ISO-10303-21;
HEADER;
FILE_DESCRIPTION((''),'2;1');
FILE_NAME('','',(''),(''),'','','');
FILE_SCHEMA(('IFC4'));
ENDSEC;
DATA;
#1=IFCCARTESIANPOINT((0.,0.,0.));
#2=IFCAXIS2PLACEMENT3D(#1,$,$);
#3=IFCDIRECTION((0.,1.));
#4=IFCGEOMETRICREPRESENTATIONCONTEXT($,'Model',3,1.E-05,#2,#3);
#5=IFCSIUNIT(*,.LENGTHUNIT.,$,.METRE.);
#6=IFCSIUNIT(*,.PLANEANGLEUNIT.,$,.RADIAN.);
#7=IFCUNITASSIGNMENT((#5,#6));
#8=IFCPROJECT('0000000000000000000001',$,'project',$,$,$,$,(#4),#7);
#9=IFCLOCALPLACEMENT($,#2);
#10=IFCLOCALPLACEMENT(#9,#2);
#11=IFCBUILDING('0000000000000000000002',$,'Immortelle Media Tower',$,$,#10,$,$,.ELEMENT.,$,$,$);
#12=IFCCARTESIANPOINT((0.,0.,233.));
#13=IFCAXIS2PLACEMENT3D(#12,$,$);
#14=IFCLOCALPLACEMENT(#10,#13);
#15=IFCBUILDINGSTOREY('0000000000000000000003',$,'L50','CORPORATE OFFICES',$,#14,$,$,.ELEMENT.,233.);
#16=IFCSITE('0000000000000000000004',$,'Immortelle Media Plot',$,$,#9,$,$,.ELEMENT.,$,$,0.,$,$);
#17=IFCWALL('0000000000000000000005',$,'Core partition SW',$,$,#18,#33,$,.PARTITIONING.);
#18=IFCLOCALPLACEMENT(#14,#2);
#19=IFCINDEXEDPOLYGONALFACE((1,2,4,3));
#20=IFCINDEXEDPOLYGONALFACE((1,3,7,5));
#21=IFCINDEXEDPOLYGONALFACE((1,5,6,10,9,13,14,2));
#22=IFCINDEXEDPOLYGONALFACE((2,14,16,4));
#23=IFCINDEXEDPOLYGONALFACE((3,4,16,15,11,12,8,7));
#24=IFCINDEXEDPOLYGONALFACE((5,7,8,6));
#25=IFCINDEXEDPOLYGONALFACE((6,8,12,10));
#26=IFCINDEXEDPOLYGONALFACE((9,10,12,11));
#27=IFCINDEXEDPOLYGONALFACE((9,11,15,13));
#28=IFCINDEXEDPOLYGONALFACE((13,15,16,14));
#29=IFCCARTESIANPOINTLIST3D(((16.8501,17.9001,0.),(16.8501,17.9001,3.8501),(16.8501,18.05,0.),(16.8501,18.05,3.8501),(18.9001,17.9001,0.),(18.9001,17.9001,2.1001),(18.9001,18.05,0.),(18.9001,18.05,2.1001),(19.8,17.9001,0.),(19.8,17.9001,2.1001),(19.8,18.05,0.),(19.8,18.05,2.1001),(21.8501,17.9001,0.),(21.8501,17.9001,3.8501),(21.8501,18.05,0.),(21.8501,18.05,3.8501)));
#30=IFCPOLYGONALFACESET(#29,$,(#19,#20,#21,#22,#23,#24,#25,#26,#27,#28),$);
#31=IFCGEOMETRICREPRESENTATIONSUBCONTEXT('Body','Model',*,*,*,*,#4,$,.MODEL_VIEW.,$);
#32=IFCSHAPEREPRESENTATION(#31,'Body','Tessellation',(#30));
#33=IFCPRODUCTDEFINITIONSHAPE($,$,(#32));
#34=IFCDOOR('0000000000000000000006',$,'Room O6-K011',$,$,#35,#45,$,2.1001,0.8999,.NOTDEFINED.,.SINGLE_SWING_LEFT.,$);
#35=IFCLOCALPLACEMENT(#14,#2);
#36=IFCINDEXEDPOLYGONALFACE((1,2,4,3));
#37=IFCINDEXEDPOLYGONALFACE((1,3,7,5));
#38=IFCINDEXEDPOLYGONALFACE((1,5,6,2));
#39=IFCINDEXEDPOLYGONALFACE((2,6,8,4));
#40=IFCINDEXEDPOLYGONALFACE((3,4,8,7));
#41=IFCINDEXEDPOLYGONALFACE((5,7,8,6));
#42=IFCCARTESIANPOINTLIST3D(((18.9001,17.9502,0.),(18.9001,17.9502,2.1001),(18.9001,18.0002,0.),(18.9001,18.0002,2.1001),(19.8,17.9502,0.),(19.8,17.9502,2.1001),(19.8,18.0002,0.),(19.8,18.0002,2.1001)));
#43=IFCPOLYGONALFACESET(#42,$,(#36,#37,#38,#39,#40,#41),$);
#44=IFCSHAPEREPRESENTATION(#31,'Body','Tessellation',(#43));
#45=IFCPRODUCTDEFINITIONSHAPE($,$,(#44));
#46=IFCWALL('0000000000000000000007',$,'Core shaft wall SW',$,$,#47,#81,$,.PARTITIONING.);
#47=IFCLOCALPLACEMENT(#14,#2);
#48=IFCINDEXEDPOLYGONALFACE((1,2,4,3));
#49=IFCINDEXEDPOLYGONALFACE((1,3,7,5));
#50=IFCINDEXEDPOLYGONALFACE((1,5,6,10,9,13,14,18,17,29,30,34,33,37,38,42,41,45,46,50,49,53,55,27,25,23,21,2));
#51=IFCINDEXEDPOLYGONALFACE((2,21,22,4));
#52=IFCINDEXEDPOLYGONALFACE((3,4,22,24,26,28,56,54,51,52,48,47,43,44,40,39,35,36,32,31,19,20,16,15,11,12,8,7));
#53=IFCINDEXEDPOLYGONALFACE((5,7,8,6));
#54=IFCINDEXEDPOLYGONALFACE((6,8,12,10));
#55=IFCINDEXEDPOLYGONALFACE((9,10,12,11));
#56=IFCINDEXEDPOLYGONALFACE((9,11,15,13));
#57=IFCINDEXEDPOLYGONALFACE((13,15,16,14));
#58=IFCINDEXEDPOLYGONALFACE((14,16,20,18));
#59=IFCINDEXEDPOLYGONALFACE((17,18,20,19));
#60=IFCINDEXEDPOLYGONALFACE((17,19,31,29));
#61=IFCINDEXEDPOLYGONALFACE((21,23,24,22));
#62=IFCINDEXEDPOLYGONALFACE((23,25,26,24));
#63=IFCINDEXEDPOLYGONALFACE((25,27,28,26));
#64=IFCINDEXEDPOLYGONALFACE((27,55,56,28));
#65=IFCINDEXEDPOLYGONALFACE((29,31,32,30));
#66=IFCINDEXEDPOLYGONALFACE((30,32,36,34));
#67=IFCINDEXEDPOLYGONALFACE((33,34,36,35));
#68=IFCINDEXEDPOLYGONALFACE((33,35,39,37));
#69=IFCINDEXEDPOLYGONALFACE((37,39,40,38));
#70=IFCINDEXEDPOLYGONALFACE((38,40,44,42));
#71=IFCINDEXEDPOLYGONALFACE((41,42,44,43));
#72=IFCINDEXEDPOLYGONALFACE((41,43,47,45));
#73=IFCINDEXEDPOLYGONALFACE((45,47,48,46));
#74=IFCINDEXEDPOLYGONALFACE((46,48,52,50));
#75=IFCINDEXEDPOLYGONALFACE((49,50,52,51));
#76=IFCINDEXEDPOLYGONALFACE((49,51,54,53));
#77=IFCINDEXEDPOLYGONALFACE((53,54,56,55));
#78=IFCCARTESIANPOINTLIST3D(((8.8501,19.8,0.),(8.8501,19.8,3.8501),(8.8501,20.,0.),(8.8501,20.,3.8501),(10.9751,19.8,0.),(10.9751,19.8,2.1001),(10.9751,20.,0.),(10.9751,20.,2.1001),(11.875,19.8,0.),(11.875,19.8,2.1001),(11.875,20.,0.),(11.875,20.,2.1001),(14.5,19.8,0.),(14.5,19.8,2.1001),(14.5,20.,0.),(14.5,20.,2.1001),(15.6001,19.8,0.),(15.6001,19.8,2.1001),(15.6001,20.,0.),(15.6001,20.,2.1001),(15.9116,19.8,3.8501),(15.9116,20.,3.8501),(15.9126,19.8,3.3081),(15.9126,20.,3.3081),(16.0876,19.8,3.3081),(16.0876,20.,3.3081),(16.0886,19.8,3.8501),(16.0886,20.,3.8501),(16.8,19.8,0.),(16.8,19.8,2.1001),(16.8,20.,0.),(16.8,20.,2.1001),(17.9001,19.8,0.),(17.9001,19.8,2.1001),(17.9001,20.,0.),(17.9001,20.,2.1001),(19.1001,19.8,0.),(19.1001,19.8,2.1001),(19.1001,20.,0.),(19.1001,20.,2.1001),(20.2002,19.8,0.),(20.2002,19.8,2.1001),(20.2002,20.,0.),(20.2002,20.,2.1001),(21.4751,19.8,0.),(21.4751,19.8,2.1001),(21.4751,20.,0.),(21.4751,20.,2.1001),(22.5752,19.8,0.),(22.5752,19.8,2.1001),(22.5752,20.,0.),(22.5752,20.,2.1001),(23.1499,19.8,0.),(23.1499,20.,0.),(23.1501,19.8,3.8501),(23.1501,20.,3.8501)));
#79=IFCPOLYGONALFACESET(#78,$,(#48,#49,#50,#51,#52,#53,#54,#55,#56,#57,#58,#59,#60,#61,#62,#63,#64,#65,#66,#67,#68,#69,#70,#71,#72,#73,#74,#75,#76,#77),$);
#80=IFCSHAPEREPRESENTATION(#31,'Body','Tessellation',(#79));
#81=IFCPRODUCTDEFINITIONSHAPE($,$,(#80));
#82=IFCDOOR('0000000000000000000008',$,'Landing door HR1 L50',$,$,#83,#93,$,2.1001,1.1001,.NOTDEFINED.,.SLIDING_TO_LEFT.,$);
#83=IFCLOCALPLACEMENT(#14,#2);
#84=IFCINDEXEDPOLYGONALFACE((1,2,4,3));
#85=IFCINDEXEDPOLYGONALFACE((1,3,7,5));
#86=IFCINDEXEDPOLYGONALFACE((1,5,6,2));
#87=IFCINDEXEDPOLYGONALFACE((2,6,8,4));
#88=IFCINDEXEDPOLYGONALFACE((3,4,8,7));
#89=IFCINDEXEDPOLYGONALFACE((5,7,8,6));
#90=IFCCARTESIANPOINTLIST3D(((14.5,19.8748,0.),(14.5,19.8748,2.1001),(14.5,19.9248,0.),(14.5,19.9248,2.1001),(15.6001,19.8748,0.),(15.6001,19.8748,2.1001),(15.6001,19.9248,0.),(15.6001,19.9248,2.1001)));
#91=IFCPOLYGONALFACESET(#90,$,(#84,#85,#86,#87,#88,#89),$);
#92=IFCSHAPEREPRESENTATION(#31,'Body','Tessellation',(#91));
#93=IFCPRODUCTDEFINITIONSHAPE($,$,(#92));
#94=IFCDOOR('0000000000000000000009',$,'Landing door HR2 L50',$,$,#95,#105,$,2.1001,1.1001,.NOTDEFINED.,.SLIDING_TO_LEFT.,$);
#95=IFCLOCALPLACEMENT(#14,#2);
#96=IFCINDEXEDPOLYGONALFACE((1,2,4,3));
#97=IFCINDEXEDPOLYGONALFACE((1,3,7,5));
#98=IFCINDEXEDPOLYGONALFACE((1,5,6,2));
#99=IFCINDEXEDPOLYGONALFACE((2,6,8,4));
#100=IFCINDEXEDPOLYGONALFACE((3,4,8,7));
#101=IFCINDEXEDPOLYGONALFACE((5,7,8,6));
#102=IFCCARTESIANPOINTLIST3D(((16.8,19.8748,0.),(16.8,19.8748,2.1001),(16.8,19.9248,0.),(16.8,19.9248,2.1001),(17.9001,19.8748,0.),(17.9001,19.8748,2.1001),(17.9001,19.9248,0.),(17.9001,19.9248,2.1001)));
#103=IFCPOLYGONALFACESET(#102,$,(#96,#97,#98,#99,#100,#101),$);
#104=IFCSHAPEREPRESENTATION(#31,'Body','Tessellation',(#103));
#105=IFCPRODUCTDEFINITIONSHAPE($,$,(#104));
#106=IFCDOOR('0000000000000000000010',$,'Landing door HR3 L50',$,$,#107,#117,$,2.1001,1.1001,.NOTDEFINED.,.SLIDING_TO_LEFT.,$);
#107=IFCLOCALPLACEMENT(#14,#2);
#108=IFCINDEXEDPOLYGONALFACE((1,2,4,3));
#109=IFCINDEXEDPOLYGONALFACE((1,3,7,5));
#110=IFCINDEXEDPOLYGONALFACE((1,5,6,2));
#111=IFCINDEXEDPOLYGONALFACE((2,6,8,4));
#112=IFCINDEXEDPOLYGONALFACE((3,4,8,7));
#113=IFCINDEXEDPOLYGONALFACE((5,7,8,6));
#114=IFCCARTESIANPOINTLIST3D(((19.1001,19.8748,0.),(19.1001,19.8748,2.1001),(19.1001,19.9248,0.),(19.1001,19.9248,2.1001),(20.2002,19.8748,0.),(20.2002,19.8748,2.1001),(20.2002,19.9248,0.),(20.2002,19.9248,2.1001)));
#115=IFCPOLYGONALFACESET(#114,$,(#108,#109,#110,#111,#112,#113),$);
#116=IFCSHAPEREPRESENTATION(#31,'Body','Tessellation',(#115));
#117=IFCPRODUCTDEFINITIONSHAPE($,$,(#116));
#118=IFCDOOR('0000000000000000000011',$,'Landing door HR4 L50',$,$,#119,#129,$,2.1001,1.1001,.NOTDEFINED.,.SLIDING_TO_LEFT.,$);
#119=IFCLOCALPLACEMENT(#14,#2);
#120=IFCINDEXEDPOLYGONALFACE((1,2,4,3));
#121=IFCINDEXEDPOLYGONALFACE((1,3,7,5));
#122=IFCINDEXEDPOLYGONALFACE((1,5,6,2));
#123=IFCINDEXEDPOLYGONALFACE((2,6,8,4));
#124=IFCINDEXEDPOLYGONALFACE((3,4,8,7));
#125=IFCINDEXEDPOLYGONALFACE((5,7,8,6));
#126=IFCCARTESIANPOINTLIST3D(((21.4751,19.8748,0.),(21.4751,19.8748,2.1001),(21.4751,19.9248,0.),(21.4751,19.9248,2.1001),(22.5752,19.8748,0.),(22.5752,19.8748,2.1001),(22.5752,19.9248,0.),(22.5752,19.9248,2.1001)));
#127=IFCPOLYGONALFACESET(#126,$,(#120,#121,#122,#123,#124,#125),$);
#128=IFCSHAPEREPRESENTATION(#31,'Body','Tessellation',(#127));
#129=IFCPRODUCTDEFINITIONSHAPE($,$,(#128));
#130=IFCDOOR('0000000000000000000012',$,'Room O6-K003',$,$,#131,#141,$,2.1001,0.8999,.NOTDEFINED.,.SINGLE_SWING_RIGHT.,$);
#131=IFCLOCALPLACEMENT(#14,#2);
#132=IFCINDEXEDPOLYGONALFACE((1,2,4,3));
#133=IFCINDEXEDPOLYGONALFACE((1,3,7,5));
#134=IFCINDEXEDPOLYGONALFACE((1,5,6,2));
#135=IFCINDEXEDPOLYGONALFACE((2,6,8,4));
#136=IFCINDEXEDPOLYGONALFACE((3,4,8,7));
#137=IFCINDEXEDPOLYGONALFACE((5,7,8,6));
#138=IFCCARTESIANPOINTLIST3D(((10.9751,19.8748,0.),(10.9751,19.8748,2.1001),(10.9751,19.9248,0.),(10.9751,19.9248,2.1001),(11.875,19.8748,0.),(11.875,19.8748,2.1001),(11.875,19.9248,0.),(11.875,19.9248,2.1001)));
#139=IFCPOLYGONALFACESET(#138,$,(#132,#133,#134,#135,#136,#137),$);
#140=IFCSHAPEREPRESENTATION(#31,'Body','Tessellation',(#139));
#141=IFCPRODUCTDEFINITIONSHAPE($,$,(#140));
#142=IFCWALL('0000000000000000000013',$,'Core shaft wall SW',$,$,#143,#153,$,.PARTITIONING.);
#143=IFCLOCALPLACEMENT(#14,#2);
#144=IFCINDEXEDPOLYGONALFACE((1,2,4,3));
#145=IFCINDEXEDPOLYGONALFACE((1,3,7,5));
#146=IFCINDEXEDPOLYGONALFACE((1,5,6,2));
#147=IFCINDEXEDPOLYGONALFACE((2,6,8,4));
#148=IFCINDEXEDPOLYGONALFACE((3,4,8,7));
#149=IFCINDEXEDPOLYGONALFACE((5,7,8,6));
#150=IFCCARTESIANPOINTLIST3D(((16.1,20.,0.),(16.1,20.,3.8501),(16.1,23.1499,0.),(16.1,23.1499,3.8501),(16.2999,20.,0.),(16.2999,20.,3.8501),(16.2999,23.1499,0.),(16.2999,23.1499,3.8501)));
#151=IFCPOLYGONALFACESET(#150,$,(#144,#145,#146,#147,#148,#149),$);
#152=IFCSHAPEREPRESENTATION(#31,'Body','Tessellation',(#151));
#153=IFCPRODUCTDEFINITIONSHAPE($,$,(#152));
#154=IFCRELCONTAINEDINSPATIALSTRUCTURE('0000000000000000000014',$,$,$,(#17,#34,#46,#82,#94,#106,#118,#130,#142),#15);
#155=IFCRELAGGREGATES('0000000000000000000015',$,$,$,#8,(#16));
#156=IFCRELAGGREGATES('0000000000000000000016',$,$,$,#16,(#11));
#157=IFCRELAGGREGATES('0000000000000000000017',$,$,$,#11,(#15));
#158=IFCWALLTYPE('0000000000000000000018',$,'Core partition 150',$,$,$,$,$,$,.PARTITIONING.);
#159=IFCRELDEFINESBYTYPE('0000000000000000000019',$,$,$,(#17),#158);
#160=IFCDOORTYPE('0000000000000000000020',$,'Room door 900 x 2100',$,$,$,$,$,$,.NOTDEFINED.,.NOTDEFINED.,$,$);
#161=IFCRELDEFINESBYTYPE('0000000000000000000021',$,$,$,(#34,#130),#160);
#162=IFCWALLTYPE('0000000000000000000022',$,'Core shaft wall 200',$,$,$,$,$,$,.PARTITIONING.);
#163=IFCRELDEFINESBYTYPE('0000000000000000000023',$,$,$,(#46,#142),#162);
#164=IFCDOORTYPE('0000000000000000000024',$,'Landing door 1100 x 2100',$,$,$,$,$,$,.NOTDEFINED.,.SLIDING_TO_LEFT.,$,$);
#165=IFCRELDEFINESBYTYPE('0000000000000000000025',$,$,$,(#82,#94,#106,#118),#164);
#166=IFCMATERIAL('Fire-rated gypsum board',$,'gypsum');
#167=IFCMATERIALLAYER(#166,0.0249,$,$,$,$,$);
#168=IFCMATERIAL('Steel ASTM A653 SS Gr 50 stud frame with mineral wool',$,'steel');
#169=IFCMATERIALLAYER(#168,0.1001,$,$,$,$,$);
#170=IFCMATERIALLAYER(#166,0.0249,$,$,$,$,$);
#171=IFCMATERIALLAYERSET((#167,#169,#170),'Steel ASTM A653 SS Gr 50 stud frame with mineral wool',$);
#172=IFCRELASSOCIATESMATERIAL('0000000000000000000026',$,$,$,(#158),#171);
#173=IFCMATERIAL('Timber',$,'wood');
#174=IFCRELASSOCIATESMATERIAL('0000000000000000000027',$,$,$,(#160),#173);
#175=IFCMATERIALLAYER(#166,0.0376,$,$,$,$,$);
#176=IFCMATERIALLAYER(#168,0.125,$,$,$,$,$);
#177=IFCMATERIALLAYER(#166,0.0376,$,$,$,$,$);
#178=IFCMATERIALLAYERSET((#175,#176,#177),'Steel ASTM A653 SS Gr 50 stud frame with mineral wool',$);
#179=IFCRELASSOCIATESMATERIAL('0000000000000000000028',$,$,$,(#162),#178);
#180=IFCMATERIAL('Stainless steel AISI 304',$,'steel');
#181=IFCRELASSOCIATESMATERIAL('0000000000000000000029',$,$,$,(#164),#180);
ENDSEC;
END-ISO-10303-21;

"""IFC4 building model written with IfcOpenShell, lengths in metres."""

from ifc_helpers import new_model, si_unit, direction, frame, frame_2d, origin, place, context, subcontext, project, spatial, polyline, rectangle, outline, extrude, material, layer, layer_set, type_object, element, fill, save


model = new_model("IFC4")

# Units and contexts
model_context = context("Model", 3, precision=1e-05, world=origin(), true_north=direction((0.0, 1.0)))
body_context = subcontext(model_context, "Body", "Model", "MODEL_VIEW")
ifc_project = project(units=[si_unit("LENGTHUNIT", "METRE"), si_unit("PLANEANGLEUNIT", "RADIAN")], contexts=[model_context])

# Site, building, storey
site_placement = place(None, origin())
site = spatial("IfcSite", under=ifc_project, at=site_placement, Name="Immortelle Media Plot", CompositionType="ELEMENT", RefElevation=0.0)
building_placement = place(site_placement, origin())
building = spatial("IfcBuilding", under=site, at=building_placement, Name="Immortelle Media Tower", CompositionType="ELEMENT")
storey_placement = place(building_placement, frame((0.0, 0.0, 233.0)))
storey = spatial("IfcBuildingStorey", under=building, at=storey_placement, Name="L50", Description="CORPORATE OFFICES", CompositionType="ELEMENT", Elevation=233.0)

# Shared definitions
ifc_material_1 = material(Name="Timber", Category="wood")

# Shared definitions
ifc_material_2 = material(Name="Fire-rated gypsum board", Category="gypsum")
ifc_layer_1 = layer(ifc_material_2, 0.0249)
ifc_material_3 = material(Name="Steel ASTM A653 SS Gr 50 stud frame with mineral wool", Category="steel")
ifc_layer_2 = layer(ifc_material_3, 0.1001)
ifc_layer_3 = layer(ifc_material_2, 0.0249)
ifc_layer_set_1 = layer_set([ifc_layer_1, ifc_layer_2, ifc_layer_3], Name="Steel ASTM A653 SS Gr 50 stud frame with mineral wool")
wall_type_1 = type_object("IfcWallType", Name="Core partition 150", PredefinedType="PARTITIONING", material=ifc_layer_set_1)

# Shared definitions
door_type_1 = type_object("IfcDoorType", Name="Room door 900 x 2100", OperationType="NOTDEFINED", PredefinedType="NOTDEFINED", material=ifc_material_1)

# Wall, opening, door
wall_1_placement = place(storey_placement, frame((16.8501, 17.9751, 0.0), z_axis=(0.0, 0.0, 1.0), x_axis=(1.0, 0.0, 0.0)))
wall_1 = element("IfcWall", 1, at=wall_1_placement, inside=storey, type_object=wall_type_1, Name="Core partition SW", PredefinedType="PARTITIONING", context=body_context, shape_type="SweptSolid", body=[
    extrude(rectangle(XDim=5.0, YDim=0.1499, at=frame_2d((2.5, 0.0))), origin(), (0.0, 0.0, 1.0), 3.8501),
])
opening_1_placement = place(wall_1_placement, frame((2.95, 0.0, 0.0), z_axis=(0.0, 0.0, 1.0), x_axis=(-1.0, 0.0, 0.0)))
opening_1 = element("IfcOpeningElement", 2, at=opening_1_placement, cuts=wall_1, PredefinedType="OPENING", context=body_context, shape_type="SweptSolid", body=[
    extrude(rectangle(XDim=0.8999, YDim=2.1001, at=frame_2d((0.45, 1.05))), frame((0.0, 0.085, 0.0), z_axis=(0.0, -1.0, 0.0), x_axis=(1.0, 0.0, 0.0)), (0.0, 0.0, 1.0), 0.1699),
])
door_1_placement = place(opening_1_placement, origin())
door_1 = element("IfcDoor", 3, at=door_1_placement, inside=storey, type_object=door_type_1, Name="Room O6-K011", OperationType="SINGLE_SWING_LEFT", OverallHeight=2.1001, OverallWidth=0.8999, PredefinedType="NOTDEFINED", context=body_context, shape_type="SweptSolid", body=[
    extrude(rectangle(XDim=0.8999, YDim=2.1001, at=frame_2d((0.45, 1.05))), frame((0.0, 0.0249, 0.0), z_axis=(0.0, -1.0, 0.0), x_axis=(1.0, 0.0, 0.0)), (0.0, 0.0, 1.0), 0.05),
])
fill(opening_1, door_1)

# Wall, openings, doors
ifc_layer_4 = layer(ifc_material_2, 0.0376)
ifc_layer_5 = layer(ifc_material_3, 0.125)
ifc_layer_6 = layer(ifc_material_2, 0.0376)
ifc_layer_set_2 = layer_set([ifc_layer_4, ifc_layer_5, ifc_layer_6], Name="Steel ASTM A653 SS Gr 50 stud frame with mineral wool")
wall_type_2 = type_object("IfcWallType", Name="Core shaft wall 200", PredefinedType="PARTITIONING", material=ifc_layer_set_2)
wall_2_placement = place(storey_placement, frame((8.8501, 19.8999, 0.0), z_axis=(0.0, 0.0, 1.0), x_axis=(1.0, 0.0, 0.0)))
wall_2 = element("IfcWall", 4, at=wall_2_placement, inside=storey, type_object=wall_type_2, Name="Core shaft wall SW", PredefinedType="PARTITIONING", context=body_context, shape_type="SweptSolid", body=[
    extrude(outline(polyline([(0.0, 0.0), (14.2998, 0.0), (14.3, 3.8501), (7.2385, 3.8501), (7.2375, 3.3081), (7.0625, 3.3081), (7.0615, 3.8501), (0.0, 3.8501), (0.0, 0.0)])), frame((0.0, 0.1001, 0.0), z_axis=(0.0, -1.0, 0.0), x_axis=(1.0, 0.0, 0.0)), (0.0, 0.0, 1.0), 0.2),
])
opening_2_placement = place(wall_2_placement, frame((2.125, 0.0, 0.0)))
opening_2 = element("IfcOpeningElement", 5, at=opening_2_placement, cuts=wall_2, PredefinedType="OPENING", context=body_context, shape_type="SweptSolid", body=[
    extrude(rectangle(XDim=0.8999, YDim=2.1001, at=frame_2d((0.45, 1.05))), frame((0.0, 0.1099, 0.0), z_axis=(0.0, -1.0, 0.0), x_axis=(1.0, 0.0, 0.0)), (0.0, 0.0, 1.0), 0.22),
])
opening_3_placement = place(wall_2_placement, frame((5.6499, 0.0, 0.0)))
opening_3 = element("IfcOpeningElement", 6, at=opening_3_placement, cuts=wall_2, PredefinedType="OPENING", context=body_context, shape_type="SweptSolid", body=[
    extrude(rectangle(XDim=1.1001, YDim=2.1001, at=frame_2d((0.55, 1.05))), frame((0.0, 0.1099, 0.0), z_axis=(0.0, -1.0, 0.0), x_axis=(1.0, 0.0, 0.0)), (0.0, 0.0, 1.0), 0.22),
])
opening_4_placement = place(wall_2_placement, frame((7.95, 0.0, 0.0)))
opening_4 = element("IfcOpeningElement", 7, at=opening_4_placement, cuts=wall_2, PredefinedType="OPENING", context=body_context, shape_type="SweptSolid", body=[
    extrude(rectangle(XDim=1.1001, YDim=2.1001, at=frame_2d((0.55, 1.05))), frame((0.0, 0.1099, 0.0), z_axis=(0.0, -1.0, 0.0), x_axis=(1.0, 0.0, 0.0)), (0.0, 0.0, 1.0), 0.22),
])
opening_5_placement = place(wall_2_placement, frame((10.25, 0.0, 0.0)))
opening_5 = element("IfcOpeningElement", 8, at=opening_5_placement, cuts=wall_2, PredefinedType="OPENING", context=body_context, shape_type="SweptSolid", body=[
    extrude(rectangle(XDim=1.1001, YDim=2.1001, at=frame_2d((0.55, 1.05))), frame((0.0, 0.1099, 0.0), z_axis=(0.0, -1.0, 0.0), x_axis=(1.0, 0.0, 0.0)), (0.0, 0.0, 1.0), 0.22),
])
opening_6_placement = place(wall_2_placement, frame((12.625, 0.0, 0.0)))
opening_6 = element("IfcOpeningElement", 9, at=opening_6_placement, cuts=wall_2, PredefinedType="OPENING", context=body_context, shape_type="SweptSolid", body=[
    extrude(rectangle(XDim=1.1001, YDim=2.1001, at=frame_2d((0.55, 1.05))), frame((0.0, 0.1099, 0.0), z_axis=(0.0, -1.0, 0.0), x_axis=(1.0, 0.0, 0.0)), (0.0, 0.0, 1.0), 0.22),
])
ifc_material_4 = material(Name="Stainless steel AISI 304", Category="steel")
door_type_2 = type_object("IfcDoorType", Name="Landing door 1100 x 2100", OperationType="SLIDING_TO_LEFT", PredefinedType="NOTDEFINED", material=ifc_material_4)
door_2_placement = place(opening_3_placement, origin())
door_2 = element("IfcDoor", 10, at=door_2_placement, inside=storey, type_object=door_type_2, Name="Landing door HR1 L50", OperationType="SLIDING_TO_LEFT", OverallHeight=2.1001, OverallWidth=1.1001, PredefinedType="NOTDEFINED", context=body_context, shape_type="SweptSolid", body=[
    extrude(rectangle(XDim=1.1001, YDim=2.1001, at=frame_2d((0.55, 1.05))), frame((0.0, 0.0249, 0.0), z_axis=(0.0, -1.0, 0.0), x_axis=(1.0, 0.0, 0.0)), (0.0, 0.0, 1.0), 0.05),
])
fill(opening_3, door_2)
door_3_placement = place(opening_4_placement, origin())
door_3 = element("IfcDoor", 11, at=door_3_placement, inside=storey, type_object=door_type_2, Name="Landing door HR2 L50", OperationType="SLIDING_TO_LEFT", OverallHeight=2.1001, OverallWidth=1.1001, PredefinedType="NOTDEFINED", context=body_context, shape_type="SweptSolid", body=[
    extrude(rectangle(XDim=1.1001, YDim=2.1001, at=frame_2d((0.55, 1.05))), frame((0.0, 0.0249, 0.0), z_axis=(0.0, -1.0, 0.0), x_axis=(1.0, 0.0, 0.0)), (0.0, 0.0, 1.0), 0.05),
])
fill(opening_4, door_3)
door_4_placement = place(opening_5_placement, origin())
door_4 = element("IfcDoor", 12, at=door_4_placement, inside=storey, type_object=door_type_2, Name="Landing door HR3 L50", OperationType="SLIDING_TO_LEFT", OverallHeight=2.1001, OverallWidth=1.1001, PredefinedType="NOTDEFINED", context=body_context, shape_type="SweptSolid", body=[
    extrude(rectangle(XDim=1.1001, YDim=2.1001, at=frame_2d((0.55, 1.05))), frame((0.0, 0.0249, 0.0), z_axis=(0.0, -1.0, 0.0), x_axis=(1.0, 0.0, 0.0)), (0.0, 0.0, 1.0), 0.05),
])
fill(opening_5, door_4)
door_5_placement = place(opening_6_placement, origin())
door_5 = element("IfcDoor", 13, at=door_5_placement, inside=storey, type_object=door_type_2, Name="Landing door HR4 L50", OperationType="SLIDING_TO_LEFT", OverallHeight=2.1001, OverallWidth=1.1001, PredefinedType="NOTDEFINED", context=body_context, shape_type="SweptSolid", body=[
    extrude(rectangle(XDim=1.1001, YDim=2.1001, at=frame_2d((0.55, 1.05))), frame((0.0, 0.0249, 0.0), z_axis=(0.0, -1.0, 0.0), x_axis=(1.0, 0.0, 0.0)), (0.0, 0.0, 1.0), 0.05),
])
fill(opening_6, door_5)
door_6_placement = place(opening_2_placement, origin())
door_6 = element("IfcDoor", 14, at=door_6_placement, inside=storey, type_object=door_type_1, Name="Room O6-K003", OperationType="SINGLE_SWING_RIGHT", OverallHeight=2.1001, OverallWidth=0.8999, PredefinedType="NOTDEFINED", context=body_context, shape_type="SweptSolid", body=[
    extrude(rectangle(XDim=0.8999, YDim=2.1001, at=frame_2d((0.45, 1.05))), frame((0.0, 0.0249, 0.0), z_axis=(0.0, -1.0, 0.0), x_axis=(1.0, 0.0, 0.0)), (0.0, 0.0, 1.0), 0.05),
])
fill(opening_2, door_6)

# Wall
wall_3_placement = place(storey_placement, frame((16.2, 20.0, 0.0), z_axis=(0.0, 0.0, 1.0), x_axis=(0.0, 1.0, 0.0)))
element("IfcWall", 15, at=wall_3_placement, inside=storey, type_object=wall_type_2, Name="Core shaft wall SW", PredefinedType="PARTITIONING", context=body_context, shape_type="SweptSolid", body=[
    extrude(rectangle(XDim=3.1499, YDim=0.2, at=frame_2d((1.575, 0.0))), origin(), (0.0, 0.0, 1.0), 3.8501),
])

save(model, "model.ifc")
